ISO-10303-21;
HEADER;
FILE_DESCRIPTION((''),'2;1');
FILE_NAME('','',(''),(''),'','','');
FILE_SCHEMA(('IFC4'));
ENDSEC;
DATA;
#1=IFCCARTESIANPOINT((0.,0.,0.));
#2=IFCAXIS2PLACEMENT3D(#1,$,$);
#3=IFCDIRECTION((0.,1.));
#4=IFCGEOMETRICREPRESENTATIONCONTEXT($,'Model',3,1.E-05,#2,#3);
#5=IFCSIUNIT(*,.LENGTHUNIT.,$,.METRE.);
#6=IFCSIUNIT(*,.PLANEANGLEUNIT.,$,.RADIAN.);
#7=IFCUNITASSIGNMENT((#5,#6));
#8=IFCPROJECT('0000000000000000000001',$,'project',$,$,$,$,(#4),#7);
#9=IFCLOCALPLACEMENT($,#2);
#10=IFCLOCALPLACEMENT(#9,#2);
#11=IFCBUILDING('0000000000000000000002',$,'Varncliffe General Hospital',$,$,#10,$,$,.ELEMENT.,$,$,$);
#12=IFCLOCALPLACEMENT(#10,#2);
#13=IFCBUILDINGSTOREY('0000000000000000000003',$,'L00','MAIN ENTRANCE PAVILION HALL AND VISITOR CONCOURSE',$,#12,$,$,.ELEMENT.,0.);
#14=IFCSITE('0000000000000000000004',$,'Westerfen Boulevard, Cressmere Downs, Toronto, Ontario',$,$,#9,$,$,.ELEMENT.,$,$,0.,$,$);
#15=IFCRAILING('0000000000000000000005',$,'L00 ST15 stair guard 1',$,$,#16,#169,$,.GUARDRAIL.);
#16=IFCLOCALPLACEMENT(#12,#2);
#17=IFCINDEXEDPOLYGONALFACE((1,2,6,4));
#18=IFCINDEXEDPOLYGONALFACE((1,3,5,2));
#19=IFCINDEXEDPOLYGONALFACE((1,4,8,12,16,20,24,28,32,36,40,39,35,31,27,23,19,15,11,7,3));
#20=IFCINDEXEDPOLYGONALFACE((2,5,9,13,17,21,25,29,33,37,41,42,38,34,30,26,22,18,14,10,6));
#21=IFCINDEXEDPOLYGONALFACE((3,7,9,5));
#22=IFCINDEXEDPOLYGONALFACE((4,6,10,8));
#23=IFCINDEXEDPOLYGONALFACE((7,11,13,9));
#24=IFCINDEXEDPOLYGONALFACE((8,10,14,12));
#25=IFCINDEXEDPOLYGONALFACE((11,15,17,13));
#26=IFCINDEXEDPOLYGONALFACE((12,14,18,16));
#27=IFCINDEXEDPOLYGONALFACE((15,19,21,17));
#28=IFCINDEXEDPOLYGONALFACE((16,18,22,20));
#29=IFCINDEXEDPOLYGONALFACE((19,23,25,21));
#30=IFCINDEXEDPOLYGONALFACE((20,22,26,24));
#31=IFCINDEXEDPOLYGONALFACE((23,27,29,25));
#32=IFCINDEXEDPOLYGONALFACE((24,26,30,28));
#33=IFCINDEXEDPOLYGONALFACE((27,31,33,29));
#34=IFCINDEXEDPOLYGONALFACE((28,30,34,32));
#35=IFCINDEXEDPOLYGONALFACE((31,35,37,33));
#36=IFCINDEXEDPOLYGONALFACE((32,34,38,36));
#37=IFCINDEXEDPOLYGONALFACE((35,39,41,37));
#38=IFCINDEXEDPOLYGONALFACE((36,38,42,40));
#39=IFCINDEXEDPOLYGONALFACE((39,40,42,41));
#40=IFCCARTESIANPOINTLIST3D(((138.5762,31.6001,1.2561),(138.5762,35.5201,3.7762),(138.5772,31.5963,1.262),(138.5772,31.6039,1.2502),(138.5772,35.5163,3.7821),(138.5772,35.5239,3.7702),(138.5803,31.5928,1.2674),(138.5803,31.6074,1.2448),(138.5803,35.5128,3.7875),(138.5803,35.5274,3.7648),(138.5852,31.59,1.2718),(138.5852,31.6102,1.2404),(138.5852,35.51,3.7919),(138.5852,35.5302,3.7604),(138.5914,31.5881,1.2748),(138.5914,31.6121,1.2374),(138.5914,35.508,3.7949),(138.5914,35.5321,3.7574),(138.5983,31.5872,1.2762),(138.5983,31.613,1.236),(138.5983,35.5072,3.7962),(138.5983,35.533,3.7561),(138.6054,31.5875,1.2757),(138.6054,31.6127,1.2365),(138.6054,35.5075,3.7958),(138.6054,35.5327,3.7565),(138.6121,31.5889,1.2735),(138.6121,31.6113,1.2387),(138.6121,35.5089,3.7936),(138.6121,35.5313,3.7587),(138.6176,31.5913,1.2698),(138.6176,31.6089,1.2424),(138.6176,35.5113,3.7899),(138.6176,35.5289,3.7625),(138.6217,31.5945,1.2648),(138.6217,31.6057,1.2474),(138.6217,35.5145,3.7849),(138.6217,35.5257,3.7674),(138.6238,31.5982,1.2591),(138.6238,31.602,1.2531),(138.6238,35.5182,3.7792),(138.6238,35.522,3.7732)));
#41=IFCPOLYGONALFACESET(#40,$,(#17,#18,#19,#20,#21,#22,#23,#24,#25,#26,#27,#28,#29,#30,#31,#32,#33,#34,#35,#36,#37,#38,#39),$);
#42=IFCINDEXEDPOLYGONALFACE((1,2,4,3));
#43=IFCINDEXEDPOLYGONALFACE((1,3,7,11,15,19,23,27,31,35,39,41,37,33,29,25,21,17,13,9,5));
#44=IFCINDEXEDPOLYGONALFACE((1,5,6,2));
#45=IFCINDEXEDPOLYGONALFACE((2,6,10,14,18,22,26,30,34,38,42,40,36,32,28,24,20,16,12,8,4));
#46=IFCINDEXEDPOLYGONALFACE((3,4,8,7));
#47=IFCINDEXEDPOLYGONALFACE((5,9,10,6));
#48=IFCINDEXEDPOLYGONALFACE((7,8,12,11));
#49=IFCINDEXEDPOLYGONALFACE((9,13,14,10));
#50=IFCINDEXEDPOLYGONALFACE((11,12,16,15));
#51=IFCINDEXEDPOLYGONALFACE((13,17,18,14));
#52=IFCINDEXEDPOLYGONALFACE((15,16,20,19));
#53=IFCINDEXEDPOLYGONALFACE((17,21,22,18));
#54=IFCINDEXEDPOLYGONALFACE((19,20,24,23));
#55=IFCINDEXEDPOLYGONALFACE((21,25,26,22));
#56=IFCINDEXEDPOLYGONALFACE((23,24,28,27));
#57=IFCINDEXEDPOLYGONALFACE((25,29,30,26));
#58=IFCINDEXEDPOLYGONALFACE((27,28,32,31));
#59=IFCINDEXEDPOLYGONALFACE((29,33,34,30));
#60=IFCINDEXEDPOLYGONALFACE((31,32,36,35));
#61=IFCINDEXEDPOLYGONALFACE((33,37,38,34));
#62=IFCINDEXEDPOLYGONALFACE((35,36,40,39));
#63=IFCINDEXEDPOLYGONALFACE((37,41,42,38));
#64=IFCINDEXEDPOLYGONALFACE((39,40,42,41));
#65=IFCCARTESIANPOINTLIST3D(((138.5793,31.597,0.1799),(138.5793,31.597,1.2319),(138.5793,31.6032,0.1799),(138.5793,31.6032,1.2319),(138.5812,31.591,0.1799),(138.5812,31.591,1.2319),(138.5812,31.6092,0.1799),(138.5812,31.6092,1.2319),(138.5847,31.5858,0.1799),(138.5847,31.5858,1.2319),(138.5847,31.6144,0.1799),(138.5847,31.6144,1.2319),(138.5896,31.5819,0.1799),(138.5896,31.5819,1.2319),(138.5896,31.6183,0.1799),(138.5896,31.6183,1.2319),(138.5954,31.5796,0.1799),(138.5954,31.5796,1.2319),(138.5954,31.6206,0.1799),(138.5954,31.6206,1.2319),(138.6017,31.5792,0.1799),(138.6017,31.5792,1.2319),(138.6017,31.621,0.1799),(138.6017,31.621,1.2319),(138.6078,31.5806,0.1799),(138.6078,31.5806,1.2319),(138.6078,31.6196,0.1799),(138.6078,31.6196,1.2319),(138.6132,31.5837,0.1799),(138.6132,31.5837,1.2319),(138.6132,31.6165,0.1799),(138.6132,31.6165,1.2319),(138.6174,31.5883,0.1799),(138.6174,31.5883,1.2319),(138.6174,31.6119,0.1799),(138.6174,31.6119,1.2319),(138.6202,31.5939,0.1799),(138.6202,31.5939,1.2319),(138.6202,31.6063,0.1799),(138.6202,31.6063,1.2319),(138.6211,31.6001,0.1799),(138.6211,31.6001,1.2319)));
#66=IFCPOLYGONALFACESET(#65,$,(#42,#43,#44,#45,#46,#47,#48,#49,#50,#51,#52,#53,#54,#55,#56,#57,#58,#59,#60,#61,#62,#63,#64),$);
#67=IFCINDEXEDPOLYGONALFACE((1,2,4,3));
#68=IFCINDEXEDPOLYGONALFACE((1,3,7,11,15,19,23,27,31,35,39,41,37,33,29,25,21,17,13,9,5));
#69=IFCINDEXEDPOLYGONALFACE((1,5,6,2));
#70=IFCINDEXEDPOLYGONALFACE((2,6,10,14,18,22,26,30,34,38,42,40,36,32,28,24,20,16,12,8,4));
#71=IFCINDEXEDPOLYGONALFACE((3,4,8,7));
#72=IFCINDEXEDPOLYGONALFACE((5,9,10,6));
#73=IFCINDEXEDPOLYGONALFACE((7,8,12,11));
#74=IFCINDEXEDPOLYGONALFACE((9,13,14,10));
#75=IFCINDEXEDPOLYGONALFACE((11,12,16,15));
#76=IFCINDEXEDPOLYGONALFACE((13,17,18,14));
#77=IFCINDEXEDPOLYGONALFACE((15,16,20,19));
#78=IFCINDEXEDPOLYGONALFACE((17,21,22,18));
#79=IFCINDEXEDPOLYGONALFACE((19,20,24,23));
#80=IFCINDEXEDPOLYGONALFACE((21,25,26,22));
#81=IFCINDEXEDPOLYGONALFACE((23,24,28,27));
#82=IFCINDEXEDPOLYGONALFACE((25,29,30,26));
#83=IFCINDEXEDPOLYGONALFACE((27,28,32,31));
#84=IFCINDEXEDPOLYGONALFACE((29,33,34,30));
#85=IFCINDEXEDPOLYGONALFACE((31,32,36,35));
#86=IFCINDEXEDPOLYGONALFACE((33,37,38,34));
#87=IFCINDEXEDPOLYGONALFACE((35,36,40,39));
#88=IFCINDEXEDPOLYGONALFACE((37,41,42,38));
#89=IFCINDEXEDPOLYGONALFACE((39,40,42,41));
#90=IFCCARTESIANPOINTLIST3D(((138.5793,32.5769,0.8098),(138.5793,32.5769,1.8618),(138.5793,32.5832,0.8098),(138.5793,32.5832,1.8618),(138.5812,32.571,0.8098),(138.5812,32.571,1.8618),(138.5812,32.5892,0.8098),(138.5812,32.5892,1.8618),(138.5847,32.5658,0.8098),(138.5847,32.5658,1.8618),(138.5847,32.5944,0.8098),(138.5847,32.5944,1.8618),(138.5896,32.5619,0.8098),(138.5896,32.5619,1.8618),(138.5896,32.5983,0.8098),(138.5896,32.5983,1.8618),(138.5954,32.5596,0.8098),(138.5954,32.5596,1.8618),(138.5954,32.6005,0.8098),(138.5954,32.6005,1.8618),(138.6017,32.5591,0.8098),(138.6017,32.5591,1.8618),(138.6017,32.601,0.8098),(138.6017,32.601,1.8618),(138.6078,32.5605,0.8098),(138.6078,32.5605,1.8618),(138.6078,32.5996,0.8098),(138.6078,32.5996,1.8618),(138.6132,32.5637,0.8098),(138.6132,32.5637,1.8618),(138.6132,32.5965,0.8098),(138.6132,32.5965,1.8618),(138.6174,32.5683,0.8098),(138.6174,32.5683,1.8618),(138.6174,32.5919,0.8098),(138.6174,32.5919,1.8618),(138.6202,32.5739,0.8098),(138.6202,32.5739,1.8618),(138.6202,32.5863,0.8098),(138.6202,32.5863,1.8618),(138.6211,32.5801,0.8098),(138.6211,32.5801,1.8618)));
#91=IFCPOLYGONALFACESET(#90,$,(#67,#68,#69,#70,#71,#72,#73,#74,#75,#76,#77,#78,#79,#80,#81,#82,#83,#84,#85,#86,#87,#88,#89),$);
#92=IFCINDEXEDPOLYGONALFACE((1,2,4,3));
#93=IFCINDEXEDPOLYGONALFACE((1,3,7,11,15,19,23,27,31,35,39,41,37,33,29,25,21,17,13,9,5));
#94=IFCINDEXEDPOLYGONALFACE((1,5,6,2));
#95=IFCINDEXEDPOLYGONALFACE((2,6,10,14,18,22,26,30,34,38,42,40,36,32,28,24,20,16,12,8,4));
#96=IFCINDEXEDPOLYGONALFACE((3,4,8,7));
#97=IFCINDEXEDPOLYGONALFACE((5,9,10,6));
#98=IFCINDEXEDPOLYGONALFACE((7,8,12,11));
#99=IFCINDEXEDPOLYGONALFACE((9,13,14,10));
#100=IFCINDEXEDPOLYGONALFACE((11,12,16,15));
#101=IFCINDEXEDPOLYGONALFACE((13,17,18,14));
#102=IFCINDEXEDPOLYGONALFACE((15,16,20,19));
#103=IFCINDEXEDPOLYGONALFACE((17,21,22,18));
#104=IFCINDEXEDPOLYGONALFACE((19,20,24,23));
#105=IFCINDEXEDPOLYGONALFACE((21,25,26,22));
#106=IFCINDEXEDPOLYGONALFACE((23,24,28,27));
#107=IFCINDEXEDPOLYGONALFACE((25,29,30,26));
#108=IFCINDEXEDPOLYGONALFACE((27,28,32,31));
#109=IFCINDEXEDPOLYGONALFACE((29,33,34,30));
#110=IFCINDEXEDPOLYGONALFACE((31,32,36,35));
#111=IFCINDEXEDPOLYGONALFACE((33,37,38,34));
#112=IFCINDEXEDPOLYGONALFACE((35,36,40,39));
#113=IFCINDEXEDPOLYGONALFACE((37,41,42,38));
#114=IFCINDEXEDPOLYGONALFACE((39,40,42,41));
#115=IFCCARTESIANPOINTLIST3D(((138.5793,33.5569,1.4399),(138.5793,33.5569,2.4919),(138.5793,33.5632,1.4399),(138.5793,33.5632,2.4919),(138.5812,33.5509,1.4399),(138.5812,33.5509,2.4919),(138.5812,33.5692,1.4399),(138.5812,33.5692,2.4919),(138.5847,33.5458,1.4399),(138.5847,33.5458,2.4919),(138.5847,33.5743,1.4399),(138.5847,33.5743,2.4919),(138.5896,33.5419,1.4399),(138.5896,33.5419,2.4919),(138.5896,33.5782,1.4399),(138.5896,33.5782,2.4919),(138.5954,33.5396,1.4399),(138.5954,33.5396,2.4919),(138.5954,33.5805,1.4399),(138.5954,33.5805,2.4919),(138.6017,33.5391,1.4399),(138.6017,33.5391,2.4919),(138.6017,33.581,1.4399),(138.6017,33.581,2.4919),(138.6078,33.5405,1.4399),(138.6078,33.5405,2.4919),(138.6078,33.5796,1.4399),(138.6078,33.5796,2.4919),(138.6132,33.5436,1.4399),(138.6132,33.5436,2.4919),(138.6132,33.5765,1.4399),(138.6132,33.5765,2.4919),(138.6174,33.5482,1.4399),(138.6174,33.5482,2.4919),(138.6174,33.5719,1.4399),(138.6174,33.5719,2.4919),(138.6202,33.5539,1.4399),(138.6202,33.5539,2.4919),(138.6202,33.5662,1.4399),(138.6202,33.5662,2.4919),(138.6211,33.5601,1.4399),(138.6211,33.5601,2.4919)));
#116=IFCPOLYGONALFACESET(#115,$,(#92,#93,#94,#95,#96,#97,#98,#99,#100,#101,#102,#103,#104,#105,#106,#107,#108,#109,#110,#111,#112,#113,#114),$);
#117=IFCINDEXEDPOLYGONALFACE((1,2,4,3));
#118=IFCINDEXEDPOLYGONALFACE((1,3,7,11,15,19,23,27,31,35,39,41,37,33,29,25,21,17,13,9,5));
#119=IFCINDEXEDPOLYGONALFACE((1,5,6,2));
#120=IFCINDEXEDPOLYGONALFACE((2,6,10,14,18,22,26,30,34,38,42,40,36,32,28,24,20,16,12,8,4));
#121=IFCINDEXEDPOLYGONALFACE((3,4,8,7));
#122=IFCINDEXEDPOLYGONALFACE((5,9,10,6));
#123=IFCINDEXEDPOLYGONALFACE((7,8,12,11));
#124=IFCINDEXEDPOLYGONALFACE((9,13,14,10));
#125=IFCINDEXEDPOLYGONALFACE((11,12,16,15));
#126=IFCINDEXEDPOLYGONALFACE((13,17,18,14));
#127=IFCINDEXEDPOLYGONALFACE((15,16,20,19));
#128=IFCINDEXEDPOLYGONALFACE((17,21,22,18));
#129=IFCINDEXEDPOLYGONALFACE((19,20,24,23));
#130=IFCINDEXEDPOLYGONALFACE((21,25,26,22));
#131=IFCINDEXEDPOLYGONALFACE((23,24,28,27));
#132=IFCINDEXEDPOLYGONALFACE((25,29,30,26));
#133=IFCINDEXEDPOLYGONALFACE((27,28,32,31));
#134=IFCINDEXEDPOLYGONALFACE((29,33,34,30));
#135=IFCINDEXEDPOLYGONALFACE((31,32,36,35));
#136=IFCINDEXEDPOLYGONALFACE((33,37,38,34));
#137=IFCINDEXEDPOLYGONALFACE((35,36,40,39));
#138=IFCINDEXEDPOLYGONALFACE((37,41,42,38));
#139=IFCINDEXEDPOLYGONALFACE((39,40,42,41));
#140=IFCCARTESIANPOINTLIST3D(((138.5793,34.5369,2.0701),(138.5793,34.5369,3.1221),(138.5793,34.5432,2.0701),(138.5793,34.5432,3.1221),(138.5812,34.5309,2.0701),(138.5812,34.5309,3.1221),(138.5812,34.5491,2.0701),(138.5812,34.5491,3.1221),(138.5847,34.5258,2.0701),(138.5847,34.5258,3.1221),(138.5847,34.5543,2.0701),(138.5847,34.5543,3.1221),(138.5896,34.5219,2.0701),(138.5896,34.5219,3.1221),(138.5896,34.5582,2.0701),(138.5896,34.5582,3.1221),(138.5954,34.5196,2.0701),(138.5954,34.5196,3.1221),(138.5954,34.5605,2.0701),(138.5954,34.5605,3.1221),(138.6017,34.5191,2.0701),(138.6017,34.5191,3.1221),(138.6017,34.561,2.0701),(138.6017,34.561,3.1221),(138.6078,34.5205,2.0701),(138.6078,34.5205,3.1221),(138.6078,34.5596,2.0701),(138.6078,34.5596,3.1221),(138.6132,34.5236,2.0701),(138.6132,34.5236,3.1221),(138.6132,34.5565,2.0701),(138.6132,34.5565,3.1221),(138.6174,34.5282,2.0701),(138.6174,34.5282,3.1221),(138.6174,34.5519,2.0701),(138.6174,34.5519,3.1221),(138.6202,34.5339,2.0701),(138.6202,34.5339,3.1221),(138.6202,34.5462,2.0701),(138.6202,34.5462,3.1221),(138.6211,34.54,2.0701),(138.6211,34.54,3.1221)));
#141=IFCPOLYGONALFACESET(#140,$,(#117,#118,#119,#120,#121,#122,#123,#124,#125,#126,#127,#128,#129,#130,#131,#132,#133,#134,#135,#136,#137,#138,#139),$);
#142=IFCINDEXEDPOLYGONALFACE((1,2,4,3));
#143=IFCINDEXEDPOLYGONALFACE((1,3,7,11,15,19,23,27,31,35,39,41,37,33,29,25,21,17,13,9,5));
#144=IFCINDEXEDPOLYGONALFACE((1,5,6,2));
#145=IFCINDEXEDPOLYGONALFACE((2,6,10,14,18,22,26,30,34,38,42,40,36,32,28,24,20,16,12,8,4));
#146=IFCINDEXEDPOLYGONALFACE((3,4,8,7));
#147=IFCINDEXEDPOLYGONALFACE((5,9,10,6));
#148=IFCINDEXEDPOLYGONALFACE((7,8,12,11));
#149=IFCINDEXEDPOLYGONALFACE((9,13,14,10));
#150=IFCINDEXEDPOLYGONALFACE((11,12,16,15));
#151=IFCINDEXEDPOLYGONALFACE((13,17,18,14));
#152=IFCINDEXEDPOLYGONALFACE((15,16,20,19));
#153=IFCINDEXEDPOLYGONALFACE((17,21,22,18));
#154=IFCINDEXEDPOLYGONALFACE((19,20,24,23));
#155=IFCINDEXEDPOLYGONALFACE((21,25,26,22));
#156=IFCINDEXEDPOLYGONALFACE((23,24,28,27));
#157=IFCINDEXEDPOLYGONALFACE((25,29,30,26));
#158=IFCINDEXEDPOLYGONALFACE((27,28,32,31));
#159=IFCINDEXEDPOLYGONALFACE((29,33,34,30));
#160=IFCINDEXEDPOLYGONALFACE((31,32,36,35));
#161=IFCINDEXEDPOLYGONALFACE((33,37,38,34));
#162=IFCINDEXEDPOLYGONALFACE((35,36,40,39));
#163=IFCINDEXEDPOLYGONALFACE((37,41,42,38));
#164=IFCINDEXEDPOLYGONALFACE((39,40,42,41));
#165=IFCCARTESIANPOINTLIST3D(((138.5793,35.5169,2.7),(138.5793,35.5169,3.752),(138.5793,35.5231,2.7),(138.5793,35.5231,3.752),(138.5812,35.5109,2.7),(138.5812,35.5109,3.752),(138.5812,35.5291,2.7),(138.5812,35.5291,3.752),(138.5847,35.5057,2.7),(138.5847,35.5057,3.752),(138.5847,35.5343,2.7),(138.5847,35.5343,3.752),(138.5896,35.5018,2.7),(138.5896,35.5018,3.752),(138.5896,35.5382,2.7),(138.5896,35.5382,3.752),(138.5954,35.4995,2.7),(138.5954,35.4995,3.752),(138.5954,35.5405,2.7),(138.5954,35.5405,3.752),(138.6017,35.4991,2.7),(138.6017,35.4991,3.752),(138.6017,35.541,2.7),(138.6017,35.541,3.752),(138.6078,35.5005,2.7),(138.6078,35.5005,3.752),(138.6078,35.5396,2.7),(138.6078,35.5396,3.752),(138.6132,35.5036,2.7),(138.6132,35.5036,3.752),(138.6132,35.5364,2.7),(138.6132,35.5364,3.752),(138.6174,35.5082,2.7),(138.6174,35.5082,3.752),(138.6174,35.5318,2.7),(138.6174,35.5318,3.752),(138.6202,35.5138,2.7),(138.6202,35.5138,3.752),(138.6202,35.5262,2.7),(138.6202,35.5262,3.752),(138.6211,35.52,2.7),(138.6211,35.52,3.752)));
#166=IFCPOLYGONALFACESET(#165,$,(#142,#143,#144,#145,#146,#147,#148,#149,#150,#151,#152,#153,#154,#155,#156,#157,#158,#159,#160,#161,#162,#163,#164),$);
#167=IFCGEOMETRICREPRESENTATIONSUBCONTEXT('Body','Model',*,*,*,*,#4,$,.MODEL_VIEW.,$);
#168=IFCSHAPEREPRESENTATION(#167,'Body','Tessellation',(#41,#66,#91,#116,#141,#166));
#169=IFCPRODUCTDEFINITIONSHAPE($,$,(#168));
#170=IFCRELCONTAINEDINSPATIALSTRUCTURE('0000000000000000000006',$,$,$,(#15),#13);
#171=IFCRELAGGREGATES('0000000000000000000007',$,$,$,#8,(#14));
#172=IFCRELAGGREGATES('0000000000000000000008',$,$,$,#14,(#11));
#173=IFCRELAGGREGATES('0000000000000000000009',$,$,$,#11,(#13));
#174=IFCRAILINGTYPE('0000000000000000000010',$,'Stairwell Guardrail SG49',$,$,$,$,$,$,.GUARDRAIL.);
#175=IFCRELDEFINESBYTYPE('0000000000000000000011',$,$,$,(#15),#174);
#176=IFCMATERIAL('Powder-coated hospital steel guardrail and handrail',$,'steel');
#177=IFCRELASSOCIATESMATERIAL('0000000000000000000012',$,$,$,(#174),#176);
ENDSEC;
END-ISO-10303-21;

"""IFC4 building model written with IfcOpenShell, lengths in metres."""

from ifc_helpers import new_model, si_unit, direction, frame, origin, origin_2d, place, context, subcontext, project, spatial, circle, extrude, material, type_object, element, save


model = new_model("IFC4")

# Units and contexts
model_context = context("Model", 3, precision=1e-05, world=origin(), true_north=direction((0.0, 1.0)))
body_context = subcontext(model_context, "Body", "Model", "MODEL_VIEW")
ifc_project = project(units=[si_unit("LENGTHUNIT", "METRE"), si_unit("PLANEANGLEUNIT", "RADIAN")], contexts=[model_context])

# Site, building, storey
site_placement = place(None, origin())
site = spatial("IfcSite", under=ifc_project, at=site_placement, Name="Westerfen Boulevard, Cressmere Downs, Toronto, Ontario", CompositionType="ELEMENT", RefElevation=0.0)
building_placement = place(site_placement, origin())
building = spatial("IfcBuilding", under=site, at=building_placement, Name="Varncliffe General Hospital", CompositionType="ELEMENT")
storey_placement = place(building_placement, origin())
storey = spatial("IfcBuildingStorey", under=building, at=storey_placement, Name="L00", Description="MAIN ENTRANCE PAVILION HALL AND VISITOR CONCOURSE", CompositionType="ELEMENT", Elevation=0.0)

# Railing
ifc_material_1 = material(Name="Powder-coated hospital steel guardrail and handrail", Category="steel")
railing_type_1 = type_object("IfcRailingType", Name="Stairwell Guardrail SG49", PredefinedType="GUARDRAIL", material=ifc_material_1)
railing_1_placement = place(storey_placement, frame((138.6001, 31.6001, 0.1799)))
element("IfcRailing", 1, at=railing_1_placement, inside=storey, type_object=railing_type_1, Name="L00 ST15 stair guard 1", PredefinedType="GUARDRAIL", context=body_context, shape_type="SweptSolid", body=[
    extrude(circle(Radius=0.0239, at=origin_2d()), frame((0.0, 0.0, 1.0762), z_axis=(0.0, 0.841172, 0.540768), x_axis=(-1.0, 0.0, 0.0)), (0.0, 0.0, 1.0), 4.6602),
    extrude(circle(Radius=0.021, at=origin_2d()), origin(), (0.0, 0.0, 1.0), 1.052),
    extrude(circle(Radius=0.021, at=origin_2d()), frame((0.0, 0.98, 0.6299)), (0.0, 0.0, 1.0), 1.052),
    extrude(circle(Radius=0.021, at=origin_2d()), frame((0.0, 1.96, 1.26)), (0.0, 0.0, 1.0), 1.052),
    extrude(circle(Radius=0.021, at=origin_2d()), frame((0.0, 2.9399, 1.8901)), (0.0, 0.0, 1.0), 1.052),
    extrude(circle(Radius=0.021, at=origin_2d()), frame((0.0, 3.9199, 2.52)), (0.0, 0.0, 1.0), 1.052),
])

save(model, "model.ifc")
